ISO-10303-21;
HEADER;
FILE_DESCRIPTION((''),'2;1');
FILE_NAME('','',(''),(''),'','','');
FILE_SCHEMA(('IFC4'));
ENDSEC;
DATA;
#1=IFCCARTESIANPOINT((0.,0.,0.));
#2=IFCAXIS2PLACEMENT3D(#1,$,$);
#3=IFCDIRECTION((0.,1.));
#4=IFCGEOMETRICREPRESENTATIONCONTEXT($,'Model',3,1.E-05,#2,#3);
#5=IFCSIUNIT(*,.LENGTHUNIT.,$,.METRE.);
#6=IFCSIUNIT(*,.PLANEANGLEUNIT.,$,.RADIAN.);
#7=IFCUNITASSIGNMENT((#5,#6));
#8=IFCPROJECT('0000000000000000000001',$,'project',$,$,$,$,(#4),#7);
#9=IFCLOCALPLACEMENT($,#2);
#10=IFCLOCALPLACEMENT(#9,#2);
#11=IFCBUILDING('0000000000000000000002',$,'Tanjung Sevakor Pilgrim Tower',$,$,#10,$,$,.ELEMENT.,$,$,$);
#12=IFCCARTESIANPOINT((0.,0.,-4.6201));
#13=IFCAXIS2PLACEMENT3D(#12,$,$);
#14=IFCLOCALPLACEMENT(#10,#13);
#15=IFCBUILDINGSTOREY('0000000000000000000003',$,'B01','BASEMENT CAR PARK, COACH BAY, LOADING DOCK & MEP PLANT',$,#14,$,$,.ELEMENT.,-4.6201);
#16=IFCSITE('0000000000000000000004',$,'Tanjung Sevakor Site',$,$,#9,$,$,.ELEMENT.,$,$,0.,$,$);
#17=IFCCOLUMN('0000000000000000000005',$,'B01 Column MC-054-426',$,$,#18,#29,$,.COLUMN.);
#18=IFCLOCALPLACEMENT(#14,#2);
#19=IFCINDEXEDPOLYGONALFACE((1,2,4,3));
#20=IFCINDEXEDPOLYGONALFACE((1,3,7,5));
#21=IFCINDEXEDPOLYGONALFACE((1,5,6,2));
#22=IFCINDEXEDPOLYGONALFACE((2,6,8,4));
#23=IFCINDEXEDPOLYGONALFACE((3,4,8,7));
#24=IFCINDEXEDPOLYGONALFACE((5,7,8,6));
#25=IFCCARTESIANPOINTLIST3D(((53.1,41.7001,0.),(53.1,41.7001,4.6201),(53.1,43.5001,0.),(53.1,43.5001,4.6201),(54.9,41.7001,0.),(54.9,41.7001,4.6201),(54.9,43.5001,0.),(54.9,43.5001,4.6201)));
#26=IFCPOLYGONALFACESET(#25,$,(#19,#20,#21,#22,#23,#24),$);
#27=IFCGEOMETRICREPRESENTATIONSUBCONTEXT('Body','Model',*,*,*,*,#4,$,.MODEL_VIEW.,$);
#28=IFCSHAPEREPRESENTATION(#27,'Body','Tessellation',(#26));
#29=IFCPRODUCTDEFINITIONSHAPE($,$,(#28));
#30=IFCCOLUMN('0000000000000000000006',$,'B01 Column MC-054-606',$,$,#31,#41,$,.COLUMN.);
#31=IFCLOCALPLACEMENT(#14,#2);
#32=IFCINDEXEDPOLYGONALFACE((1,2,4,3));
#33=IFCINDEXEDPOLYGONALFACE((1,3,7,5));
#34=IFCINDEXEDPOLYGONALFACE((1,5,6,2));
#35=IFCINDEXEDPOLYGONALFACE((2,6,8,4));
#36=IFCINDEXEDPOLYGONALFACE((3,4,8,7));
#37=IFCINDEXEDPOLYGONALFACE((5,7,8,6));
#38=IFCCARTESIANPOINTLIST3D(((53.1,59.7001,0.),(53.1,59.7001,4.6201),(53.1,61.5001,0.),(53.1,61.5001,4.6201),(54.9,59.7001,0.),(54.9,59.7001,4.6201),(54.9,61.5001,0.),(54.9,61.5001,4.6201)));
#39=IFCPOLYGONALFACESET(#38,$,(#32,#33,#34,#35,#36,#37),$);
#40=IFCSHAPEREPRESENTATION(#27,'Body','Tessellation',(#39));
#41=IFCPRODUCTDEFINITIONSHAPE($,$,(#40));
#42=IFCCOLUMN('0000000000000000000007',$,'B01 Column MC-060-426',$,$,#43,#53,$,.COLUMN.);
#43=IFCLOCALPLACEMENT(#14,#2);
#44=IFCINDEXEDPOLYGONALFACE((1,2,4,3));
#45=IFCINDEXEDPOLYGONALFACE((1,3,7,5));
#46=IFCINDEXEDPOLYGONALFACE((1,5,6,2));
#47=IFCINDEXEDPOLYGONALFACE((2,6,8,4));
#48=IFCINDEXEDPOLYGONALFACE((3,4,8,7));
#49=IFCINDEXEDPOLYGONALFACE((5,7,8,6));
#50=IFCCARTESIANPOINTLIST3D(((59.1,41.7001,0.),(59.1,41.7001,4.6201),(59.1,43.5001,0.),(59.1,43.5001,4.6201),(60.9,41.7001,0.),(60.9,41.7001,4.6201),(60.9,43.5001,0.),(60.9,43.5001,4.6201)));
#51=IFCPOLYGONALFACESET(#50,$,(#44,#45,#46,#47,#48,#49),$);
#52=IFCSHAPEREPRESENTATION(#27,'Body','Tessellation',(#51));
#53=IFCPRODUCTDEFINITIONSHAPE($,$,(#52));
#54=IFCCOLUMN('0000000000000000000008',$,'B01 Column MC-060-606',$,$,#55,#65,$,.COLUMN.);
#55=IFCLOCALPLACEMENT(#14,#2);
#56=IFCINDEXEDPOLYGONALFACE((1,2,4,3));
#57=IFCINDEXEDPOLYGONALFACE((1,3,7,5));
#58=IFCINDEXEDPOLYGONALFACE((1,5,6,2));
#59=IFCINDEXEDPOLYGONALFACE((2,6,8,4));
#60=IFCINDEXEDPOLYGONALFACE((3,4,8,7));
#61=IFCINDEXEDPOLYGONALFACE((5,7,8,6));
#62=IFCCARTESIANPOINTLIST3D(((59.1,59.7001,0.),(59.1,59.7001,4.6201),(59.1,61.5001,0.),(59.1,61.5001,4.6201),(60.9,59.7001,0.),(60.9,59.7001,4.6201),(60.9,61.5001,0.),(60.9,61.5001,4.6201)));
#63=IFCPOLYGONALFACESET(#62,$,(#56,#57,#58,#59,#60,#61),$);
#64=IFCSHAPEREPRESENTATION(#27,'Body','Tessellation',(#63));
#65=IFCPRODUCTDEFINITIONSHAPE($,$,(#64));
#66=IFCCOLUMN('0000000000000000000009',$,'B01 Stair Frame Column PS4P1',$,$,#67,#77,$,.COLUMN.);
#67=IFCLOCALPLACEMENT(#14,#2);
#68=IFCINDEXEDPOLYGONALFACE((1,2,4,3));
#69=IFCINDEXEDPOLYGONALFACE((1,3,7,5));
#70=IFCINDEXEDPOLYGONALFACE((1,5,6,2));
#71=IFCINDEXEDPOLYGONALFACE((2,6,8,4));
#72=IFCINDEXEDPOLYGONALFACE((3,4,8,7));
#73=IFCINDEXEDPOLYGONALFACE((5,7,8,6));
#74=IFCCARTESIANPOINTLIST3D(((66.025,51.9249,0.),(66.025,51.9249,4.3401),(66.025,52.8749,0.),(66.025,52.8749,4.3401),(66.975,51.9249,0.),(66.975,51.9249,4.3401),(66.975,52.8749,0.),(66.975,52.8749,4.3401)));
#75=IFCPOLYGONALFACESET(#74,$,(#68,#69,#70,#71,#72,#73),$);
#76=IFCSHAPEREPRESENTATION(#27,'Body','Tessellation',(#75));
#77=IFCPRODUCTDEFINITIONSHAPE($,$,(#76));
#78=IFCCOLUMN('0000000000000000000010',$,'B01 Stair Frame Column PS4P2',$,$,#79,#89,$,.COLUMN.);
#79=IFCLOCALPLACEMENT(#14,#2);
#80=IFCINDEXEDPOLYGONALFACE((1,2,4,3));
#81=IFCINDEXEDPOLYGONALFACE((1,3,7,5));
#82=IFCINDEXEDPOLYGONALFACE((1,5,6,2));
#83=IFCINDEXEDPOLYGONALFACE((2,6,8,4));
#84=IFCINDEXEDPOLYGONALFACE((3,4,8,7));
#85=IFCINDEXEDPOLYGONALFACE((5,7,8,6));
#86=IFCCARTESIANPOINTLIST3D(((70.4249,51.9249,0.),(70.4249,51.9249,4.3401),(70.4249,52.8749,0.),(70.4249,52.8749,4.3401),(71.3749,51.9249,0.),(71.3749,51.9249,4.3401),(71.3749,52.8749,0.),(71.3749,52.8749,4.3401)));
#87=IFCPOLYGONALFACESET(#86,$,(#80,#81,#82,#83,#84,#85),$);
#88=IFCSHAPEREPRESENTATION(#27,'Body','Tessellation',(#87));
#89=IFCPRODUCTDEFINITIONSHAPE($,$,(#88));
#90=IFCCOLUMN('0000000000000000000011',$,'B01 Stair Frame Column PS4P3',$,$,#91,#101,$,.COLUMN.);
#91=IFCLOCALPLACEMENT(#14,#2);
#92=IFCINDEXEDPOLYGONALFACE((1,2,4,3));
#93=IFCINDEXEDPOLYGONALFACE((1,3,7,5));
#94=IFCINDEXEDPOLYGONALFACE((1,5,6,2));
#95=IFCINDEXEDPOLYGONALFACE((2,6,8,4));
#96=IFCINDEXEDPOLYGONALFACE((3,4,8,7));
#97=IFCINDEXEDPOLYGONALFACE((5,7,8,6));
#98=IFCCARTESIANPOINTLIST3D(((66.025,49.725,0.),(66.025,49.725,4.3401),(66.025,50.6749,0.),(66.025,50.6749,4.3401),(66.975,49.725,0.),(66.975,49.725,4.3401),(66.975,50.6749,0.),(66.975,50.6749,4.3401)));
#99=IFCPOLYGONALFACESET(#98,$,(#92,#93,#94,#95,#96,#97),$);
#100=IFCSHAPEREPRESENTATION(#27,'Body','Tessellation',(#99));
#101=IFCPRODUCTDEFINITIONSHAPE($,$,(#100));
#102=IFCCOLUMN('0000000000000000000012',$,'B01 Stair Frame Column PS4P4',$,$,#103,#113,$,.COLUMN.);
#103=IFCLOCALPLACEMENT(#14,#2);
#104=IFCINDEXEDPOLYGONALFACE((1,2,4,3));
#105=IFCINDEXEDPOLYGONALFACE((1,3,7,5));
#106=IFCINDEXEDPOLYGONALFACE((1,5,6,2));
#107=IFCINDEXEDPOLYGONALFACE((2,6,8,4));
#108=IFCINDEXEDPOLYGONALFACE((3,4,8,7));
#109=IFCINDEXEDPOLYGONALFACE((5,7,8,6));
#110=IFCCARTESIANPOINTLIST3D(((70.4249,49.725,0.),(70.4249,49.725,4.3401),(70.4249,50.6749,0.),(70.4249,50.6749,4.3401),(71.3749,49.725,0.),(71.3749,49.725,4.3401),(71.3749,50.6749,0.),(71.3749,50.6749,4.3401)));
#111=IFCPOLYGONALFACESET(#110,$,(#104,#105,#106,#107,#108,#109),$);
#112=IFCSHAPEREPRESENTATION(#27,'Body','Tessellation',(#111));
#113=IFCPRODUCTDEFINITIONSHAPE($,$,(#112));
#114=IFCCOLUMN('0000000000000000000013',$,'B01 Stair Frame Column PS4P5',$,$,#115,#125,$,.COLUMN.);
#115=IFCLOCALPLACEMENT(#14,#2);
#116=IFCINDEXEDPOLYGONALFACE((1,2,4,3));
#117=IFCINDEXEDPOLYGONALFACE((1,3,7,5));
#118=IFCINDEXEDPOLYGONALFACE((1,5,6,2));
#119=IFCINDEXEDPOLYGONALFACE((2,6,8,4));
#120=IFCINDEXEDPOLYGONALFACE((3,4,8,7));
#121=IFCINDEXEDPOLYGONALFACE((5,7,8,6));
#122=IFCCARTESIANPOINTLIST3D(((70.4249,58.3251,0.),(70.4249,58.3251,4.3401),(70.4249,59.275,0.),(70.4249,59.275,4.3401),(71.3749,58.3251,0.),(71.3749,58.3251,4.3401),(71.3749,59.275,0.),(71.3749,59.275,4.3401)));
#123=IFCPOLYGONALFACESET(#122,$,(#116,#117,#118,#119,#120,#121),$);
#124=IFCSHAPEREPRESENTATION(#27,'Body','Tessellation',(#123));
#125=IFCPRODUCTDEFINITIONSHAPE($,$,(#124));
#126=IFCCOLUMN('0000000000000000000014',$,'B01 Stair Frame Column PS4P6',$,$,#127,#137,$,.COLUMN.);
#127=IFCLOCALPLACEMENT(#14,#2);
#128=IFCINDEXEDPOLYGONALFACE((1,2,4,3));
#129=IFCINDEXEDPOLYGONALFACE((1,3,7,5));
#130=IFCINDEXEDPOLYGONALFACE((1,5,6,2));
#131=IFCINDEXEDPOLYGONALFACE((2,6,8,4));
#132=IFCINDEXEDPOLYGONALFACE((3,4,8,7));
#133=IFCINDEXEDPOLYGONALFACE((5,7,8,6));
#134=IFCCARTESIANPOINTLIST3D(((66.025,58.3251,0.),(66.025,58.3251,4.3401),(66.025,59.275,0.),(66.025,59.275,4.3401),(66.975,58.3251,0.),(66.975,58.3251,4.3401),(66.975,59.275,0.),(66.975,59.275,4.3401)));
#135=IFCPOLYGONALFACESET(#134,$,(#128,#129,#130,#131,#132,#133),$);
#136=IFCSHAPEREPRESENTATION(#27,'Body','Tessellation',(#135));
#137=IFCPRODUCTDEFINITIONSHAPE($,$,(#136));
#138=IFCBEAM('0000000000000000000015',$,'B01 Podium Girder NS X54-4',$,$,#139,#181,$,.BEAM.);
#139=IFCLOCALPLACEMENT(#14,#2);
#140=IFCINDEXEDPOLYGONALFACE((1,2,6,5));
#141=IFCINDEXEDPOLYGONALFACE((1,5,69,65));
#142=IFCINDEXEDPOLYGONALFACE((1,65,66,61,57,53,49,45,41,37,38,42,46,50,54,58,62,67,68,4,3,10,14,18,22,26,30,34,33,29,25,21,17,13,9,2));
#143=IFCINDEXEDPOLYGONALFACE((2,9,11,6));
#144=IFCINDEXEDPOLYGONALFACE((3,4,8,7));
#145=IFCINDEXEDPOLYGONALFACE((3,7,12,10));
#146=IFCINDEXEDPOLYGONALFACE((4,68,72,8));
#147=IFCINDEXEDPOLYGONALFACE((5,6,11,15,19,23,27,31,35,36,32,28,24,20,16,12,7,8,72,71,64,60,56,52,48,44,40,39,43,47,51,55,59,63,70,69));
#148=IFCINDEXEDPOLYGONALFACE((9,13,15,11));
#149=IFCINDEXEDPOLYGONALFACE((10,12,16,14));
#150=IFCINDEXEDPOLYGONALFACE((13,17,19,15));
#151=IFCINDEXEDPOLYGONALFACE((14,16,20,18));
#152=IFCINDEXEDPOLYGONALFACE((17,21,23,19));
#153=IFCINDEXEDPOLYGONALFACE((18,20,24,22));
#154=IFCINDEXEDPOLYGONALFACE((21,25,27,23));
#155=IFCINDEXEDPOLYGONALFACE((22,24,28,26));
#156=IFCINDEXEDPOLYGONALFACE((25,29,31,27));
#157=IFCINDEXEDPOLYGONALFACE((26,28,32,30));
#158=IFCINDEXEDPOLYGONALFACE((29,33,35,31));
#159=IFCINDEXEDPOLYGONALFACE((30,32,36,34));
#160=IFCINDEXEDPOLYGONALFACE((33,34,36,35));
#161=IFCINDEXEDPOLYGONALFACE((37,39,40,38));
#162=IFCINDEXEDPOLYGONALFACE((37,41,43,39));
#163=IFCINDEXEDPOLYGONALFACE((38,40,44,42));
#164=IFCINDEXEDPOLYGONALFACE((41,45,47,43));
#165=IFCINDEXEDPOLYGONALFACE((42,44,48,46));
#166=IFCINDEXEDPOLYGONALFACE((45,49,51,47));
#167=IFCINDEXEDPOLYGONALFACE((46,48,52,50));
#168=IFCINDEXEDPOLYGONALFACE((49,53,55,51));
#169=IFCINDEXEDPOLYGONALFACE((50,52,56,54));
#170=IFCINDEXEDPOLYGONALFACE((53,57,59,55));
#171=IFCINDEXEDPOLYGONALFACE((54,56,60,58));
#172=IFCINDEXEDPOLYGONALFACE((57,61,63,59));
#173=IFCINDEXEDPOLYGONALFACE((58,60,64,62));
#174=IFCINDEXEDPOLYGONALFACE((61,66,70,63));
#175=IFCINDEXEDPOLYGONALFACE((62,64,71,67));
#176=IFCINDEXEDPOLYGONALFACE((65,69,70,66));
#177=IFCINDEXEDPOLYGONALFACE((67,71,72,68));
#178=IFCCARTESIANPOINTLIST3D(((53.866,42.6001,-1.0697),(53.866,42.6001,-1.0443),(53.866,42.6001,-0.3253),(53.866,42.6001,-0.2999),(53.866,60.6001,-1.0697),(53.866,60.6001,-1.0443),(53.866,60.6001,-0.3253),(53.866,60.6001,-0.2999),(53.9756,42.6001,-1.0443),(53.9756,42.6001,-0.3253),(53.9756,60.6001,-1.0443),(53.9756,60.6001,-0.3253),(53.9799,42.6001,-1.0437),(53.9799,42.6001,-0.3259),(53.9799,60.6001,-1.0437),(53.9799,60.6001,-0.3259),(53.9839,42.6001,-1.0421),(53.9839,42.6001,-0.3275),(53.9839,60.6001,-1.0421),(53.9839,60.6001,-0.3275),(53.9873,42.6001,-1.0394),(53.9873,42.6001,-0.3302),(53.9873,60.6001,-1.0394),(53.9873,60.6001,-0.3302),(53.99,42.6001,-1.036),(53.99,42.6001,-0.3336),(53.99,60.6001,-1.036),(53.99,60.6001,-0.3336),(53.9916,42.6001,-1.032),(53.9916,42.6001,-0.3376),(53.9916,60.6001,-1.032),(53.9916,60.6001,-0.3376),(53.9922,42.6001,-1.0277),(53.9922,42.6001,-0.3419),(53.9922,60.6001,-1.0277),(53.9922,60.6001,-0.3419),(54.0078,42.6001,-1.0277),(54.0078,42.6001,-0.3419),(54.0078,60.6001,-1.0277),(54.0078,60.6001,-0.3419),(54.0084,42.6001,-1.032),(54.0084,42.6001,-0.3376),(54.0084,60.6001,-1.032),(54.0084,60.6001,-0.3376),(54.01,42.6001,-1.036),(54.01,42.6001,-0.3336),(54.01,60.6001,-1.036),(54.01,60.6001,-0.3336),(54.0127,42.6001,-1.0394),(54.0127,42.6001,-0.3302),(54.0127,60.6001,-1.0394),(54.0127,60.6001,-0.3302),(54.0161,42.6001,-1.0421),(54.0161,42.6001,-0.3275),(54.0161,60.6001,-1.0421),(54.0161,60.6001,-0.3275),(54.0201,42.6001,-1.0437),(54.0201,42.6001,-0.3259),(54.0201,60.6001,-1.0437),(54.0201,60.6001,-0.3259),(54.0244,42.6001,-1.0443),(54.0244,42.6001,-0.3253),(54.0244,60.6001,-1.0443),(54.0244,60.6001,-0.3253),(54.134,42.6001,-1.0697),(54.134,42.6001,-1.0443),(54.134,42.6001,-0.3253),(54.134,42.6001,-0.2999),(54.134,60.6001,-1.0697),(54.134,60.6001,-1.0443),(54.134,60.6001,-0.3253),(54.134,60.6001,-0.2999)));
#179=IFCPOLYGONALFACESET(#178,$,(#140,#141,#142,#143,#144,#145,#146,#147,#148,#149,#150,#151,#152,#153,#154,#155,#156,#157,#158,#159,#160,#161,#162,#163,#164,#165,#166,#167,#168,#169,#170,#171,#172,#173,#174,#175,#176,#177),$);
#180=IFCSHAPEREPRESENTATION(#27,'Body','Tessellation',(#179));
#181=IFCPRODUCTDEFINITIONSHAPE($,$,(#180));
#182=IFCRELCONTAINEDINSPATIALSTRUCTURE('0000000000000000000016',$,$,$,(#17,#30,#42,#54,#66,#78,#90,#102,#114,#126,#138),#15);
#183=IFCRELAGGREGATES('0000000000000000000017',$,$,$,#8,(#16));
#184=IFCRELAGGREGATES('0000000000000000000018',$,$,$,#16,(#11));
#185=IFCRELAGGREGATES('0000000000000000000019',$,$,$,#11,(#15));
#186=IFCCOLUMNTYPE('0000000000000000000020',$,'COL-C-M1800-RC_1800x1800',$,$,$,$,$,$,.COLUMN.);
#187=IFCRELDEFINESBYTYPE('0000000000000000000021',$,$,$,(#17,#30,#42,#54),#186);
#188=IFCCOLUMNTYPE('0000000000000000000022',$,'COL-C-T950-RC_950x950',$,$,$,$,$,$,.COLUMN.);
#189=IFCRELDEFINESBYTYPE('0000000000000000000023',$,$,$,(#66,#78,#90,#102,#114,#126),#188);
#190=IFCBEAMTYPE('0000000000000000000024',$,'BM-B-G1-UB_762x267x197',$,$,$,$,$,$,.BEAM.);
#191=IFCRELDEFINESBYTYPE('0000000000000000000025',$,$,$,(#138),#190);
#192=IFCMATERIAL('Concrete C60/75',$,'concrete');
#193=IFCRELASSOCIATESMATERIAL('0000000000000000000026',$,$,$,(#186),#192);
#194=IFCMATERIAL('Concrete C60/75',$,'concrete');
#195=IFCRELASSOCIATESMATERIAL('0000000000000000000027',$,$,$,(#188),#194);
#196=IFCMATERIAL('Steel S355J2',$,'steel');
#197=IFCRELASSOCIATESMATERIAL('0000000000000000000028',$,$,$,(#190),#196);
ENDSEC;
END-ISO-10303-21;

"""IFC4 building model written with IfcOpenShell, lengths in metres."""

from ifc_helpers import new_model, si_unit, direction, frame, origin, origin_2d, place, context, subcontext, project, spatial, rectangle, i_section, extrude, material, material_profile, profile_set, type_object, element, save


model = new_model("IFC4")

# Units and contexts
model_context = context("Model", 3, precision=1e-05, world=origin(), true_north=direction((0.0, 1.0)))
body_context = subcontext(model_context, "Body", "Model", "MODEL_VIEW")
ifc_project = project(units=[si_unit("LENGTHUNIT", "METRE"), si_unit("PLANEANGLEUNIT", "RADIAN")], contexts=[model_context])

# Site, building, storey
site_placement = place(None, origin())
site = spatial("IfcSite", under=ifc_project, at=site_placement, Name="Tanjung Sevakor Site", CompositionType="ELEMENT", RefElevation=0.0)
building_placement = place(site_placement, origin())
building = spatial("IfcBuilding", under=site, at=building_placement, Name="Tanjung Sevakor Pilgrim Tower", CompositionType="ELEMENT")
storey_placement = place(building_placement, frame((0.0, 0.0, -4.6201)))
storey = spatial("IfcBuildingStorey", under=building, at=storey_placement, Name="B01", Description="BASEMENT CAR PARK, COACH BAY, LOADING DOCK & MEP PLANT", CompositionType="ELEMENT", Elevation=-4.6201)

# Columns
ifc_material_1 = material(Name="Concrete C60/75", Category="concrete")
ifc_material_profile_1 = material_profile(ifc_material_1, rectangle(XDim=1.8, YDim=1.8, at=origin_2d()))
ifc_profile_set_1 = profile_set([ifc_material_profile_1], Name="Concrete C60/75")
column_type_1 = type_object("IfcColumnType", Name="COL-C-M1800-RC_1800x1800", PredefinedType="COLUMN", material=ifc_profile_set_1)
for number, where, z_axis, x_axis, name in (
    (1, (54.0, 42.6001, 0.0), (0.0, 0.0, 1.0), (1.0, 0.0, 0.0), "B01 Column MC-054-426"),
    (2, (54.0, 60.6001, 0.0), (0.0, 0.0, 1.0), (1.0, 0.0, 0.0), "B01 Column MC-054-606"),
    (3, (60.0, 42.6001, 0.0), (0.0, 0.0, 1.0), (1.0, 0.0, 0.0), "B01 Column MC-060-426"),
    (4, (60.0, 60.6001, 0.0), (0.0, 0.0, 1.0), (1.0, 0.0, 0.0), "B01 Column MC-060-606"),
):
    element("IfcColumn", number, at=place(storey_placement, frame(where, z_axis=z_axis, x_axis=x_axis)), inside=storey, type_object=column_type_1, Name=name, PredefinedType="COLUMN", context=body_context, shape_type="SweptSolid", body=[
        extrude(rectangle(XDim=1.8, YDim=1.8, at=origin_2d()), origin(), (0.0, 0.0, 1.0), 4.6201),
    ])
ifc_material_2 = material(Name="Concrete C60/75", Category="concrete")
ifc_material_profile_2 = material_profile(ifc_material_2, rectangle(XDim=0.95, YDim=0.95, at=origin_2d()))
ifc_profile_set_2 = profile_set([ifc_material_profile_2], Name="Concrete C60/75")
column_type_2 = type_object("IfcColumnType", Name="COL-C-T950-RC_950x950", PredefinedType="COLUMN", material=ifc_profile_set_2)
for number, where, z_axis, x_axis, name in (
    (5, (66.5, 52.3999, 0.0), (0.0, 0.0, 1.0), (1.0, 0.0, 0.0), "B01 Stair Frame Column PS4P1"),
    (6, (70.8999, 52.3999, 0.0), (0.0, 0.0, 1.0), (1.0, 0.0, 0.0), "B01 Stair Frame Column PS4P2"),
    (7, (66.5, 50.2, 0.0), (0.0, 0.0, 1.0), (1.0, 0.0, 0.0), "B01 Stair Frame Column PS4P3"),
    (8, (70.8999, 50.2, 0.0), (0.0, 0.0, 1.0), (1.0, 0.0, 0.0), "B01 Stair Frame Column PS4P4"),
    (9, (70.8999, 58.8, 0.0), (0.0, 0.0, 1.0), (1.0, 0.0, 0.0), "B01 Stair Frame Column PS4P5"),
    (10, (66.5, 58.8, 0.0), (0.0, 0.0, 1.0), (1.0, 0.0, 0.0), "B01 Stair Frame Column PS4P6"),
):
    element("IfcColumn", number, at=place(storey_placement, frame(where, z_axis=z_axis, x_axis=x_axis)), inside=storey, type_object=column_type_2, Name=name, PredefinedType="COLUMN", context=body_context, shape_type="SweptSolid", body=[
        extrude(rectangle(XDim=0.95, YDim=0.95, at=origin_2d()), origin(), (0.0, 0.0, 1.0), 4.3401),
    ])

# Beam
ifc_material_3 = material(Name="Steel S355J2", Category="steel")
ifc_material_profile_3 = material_profile(ifc_material_3, i_section(OverallWidth=0.2681, OverallDepth=0.7698, WebThickness=0.0156, FlangeThickness=0.0254, FilletRadius=0.0166, at=origin_2d()))
ifc_profile_set_3 = profile_set([ifc_material_profile_3], Name="Steel S355J2")
beam_type_1 = type_object("IfcBeamType", Name="BM-B-G1-UB_762x267x197", PredefinedType="BEAM", material=ifc_profile_set_3)
for number, where, z_axis, x_axis, name in (
    (11, (54.0, 42.6001, -0.6848), (0.0, 1.0, 0.0), (-1.0, 0.0, 0.0), "B01 Podium Girder NS X54-4"),
):
    element("IfcBeam", number, at=place(storey_placement, frame(where, z_axis=z_axis, x_axis=x_axis)), inside=storey, type_object=beam_type_1, Name=name, PredefinedType="BEAM", context=body_context, shape_type="SweptSolid", body=[
        extrude(i_section(OverallWidth=0.2681, OverallDepth=0.7698, WebThickness=0.0156, FlangeThickness=0.0254, FilletRadius=0.0166, at=origin_2d()), origin(), (0.0, 0.0, 1.0), 18.0),
    ])

save(model, "model.ifc")
